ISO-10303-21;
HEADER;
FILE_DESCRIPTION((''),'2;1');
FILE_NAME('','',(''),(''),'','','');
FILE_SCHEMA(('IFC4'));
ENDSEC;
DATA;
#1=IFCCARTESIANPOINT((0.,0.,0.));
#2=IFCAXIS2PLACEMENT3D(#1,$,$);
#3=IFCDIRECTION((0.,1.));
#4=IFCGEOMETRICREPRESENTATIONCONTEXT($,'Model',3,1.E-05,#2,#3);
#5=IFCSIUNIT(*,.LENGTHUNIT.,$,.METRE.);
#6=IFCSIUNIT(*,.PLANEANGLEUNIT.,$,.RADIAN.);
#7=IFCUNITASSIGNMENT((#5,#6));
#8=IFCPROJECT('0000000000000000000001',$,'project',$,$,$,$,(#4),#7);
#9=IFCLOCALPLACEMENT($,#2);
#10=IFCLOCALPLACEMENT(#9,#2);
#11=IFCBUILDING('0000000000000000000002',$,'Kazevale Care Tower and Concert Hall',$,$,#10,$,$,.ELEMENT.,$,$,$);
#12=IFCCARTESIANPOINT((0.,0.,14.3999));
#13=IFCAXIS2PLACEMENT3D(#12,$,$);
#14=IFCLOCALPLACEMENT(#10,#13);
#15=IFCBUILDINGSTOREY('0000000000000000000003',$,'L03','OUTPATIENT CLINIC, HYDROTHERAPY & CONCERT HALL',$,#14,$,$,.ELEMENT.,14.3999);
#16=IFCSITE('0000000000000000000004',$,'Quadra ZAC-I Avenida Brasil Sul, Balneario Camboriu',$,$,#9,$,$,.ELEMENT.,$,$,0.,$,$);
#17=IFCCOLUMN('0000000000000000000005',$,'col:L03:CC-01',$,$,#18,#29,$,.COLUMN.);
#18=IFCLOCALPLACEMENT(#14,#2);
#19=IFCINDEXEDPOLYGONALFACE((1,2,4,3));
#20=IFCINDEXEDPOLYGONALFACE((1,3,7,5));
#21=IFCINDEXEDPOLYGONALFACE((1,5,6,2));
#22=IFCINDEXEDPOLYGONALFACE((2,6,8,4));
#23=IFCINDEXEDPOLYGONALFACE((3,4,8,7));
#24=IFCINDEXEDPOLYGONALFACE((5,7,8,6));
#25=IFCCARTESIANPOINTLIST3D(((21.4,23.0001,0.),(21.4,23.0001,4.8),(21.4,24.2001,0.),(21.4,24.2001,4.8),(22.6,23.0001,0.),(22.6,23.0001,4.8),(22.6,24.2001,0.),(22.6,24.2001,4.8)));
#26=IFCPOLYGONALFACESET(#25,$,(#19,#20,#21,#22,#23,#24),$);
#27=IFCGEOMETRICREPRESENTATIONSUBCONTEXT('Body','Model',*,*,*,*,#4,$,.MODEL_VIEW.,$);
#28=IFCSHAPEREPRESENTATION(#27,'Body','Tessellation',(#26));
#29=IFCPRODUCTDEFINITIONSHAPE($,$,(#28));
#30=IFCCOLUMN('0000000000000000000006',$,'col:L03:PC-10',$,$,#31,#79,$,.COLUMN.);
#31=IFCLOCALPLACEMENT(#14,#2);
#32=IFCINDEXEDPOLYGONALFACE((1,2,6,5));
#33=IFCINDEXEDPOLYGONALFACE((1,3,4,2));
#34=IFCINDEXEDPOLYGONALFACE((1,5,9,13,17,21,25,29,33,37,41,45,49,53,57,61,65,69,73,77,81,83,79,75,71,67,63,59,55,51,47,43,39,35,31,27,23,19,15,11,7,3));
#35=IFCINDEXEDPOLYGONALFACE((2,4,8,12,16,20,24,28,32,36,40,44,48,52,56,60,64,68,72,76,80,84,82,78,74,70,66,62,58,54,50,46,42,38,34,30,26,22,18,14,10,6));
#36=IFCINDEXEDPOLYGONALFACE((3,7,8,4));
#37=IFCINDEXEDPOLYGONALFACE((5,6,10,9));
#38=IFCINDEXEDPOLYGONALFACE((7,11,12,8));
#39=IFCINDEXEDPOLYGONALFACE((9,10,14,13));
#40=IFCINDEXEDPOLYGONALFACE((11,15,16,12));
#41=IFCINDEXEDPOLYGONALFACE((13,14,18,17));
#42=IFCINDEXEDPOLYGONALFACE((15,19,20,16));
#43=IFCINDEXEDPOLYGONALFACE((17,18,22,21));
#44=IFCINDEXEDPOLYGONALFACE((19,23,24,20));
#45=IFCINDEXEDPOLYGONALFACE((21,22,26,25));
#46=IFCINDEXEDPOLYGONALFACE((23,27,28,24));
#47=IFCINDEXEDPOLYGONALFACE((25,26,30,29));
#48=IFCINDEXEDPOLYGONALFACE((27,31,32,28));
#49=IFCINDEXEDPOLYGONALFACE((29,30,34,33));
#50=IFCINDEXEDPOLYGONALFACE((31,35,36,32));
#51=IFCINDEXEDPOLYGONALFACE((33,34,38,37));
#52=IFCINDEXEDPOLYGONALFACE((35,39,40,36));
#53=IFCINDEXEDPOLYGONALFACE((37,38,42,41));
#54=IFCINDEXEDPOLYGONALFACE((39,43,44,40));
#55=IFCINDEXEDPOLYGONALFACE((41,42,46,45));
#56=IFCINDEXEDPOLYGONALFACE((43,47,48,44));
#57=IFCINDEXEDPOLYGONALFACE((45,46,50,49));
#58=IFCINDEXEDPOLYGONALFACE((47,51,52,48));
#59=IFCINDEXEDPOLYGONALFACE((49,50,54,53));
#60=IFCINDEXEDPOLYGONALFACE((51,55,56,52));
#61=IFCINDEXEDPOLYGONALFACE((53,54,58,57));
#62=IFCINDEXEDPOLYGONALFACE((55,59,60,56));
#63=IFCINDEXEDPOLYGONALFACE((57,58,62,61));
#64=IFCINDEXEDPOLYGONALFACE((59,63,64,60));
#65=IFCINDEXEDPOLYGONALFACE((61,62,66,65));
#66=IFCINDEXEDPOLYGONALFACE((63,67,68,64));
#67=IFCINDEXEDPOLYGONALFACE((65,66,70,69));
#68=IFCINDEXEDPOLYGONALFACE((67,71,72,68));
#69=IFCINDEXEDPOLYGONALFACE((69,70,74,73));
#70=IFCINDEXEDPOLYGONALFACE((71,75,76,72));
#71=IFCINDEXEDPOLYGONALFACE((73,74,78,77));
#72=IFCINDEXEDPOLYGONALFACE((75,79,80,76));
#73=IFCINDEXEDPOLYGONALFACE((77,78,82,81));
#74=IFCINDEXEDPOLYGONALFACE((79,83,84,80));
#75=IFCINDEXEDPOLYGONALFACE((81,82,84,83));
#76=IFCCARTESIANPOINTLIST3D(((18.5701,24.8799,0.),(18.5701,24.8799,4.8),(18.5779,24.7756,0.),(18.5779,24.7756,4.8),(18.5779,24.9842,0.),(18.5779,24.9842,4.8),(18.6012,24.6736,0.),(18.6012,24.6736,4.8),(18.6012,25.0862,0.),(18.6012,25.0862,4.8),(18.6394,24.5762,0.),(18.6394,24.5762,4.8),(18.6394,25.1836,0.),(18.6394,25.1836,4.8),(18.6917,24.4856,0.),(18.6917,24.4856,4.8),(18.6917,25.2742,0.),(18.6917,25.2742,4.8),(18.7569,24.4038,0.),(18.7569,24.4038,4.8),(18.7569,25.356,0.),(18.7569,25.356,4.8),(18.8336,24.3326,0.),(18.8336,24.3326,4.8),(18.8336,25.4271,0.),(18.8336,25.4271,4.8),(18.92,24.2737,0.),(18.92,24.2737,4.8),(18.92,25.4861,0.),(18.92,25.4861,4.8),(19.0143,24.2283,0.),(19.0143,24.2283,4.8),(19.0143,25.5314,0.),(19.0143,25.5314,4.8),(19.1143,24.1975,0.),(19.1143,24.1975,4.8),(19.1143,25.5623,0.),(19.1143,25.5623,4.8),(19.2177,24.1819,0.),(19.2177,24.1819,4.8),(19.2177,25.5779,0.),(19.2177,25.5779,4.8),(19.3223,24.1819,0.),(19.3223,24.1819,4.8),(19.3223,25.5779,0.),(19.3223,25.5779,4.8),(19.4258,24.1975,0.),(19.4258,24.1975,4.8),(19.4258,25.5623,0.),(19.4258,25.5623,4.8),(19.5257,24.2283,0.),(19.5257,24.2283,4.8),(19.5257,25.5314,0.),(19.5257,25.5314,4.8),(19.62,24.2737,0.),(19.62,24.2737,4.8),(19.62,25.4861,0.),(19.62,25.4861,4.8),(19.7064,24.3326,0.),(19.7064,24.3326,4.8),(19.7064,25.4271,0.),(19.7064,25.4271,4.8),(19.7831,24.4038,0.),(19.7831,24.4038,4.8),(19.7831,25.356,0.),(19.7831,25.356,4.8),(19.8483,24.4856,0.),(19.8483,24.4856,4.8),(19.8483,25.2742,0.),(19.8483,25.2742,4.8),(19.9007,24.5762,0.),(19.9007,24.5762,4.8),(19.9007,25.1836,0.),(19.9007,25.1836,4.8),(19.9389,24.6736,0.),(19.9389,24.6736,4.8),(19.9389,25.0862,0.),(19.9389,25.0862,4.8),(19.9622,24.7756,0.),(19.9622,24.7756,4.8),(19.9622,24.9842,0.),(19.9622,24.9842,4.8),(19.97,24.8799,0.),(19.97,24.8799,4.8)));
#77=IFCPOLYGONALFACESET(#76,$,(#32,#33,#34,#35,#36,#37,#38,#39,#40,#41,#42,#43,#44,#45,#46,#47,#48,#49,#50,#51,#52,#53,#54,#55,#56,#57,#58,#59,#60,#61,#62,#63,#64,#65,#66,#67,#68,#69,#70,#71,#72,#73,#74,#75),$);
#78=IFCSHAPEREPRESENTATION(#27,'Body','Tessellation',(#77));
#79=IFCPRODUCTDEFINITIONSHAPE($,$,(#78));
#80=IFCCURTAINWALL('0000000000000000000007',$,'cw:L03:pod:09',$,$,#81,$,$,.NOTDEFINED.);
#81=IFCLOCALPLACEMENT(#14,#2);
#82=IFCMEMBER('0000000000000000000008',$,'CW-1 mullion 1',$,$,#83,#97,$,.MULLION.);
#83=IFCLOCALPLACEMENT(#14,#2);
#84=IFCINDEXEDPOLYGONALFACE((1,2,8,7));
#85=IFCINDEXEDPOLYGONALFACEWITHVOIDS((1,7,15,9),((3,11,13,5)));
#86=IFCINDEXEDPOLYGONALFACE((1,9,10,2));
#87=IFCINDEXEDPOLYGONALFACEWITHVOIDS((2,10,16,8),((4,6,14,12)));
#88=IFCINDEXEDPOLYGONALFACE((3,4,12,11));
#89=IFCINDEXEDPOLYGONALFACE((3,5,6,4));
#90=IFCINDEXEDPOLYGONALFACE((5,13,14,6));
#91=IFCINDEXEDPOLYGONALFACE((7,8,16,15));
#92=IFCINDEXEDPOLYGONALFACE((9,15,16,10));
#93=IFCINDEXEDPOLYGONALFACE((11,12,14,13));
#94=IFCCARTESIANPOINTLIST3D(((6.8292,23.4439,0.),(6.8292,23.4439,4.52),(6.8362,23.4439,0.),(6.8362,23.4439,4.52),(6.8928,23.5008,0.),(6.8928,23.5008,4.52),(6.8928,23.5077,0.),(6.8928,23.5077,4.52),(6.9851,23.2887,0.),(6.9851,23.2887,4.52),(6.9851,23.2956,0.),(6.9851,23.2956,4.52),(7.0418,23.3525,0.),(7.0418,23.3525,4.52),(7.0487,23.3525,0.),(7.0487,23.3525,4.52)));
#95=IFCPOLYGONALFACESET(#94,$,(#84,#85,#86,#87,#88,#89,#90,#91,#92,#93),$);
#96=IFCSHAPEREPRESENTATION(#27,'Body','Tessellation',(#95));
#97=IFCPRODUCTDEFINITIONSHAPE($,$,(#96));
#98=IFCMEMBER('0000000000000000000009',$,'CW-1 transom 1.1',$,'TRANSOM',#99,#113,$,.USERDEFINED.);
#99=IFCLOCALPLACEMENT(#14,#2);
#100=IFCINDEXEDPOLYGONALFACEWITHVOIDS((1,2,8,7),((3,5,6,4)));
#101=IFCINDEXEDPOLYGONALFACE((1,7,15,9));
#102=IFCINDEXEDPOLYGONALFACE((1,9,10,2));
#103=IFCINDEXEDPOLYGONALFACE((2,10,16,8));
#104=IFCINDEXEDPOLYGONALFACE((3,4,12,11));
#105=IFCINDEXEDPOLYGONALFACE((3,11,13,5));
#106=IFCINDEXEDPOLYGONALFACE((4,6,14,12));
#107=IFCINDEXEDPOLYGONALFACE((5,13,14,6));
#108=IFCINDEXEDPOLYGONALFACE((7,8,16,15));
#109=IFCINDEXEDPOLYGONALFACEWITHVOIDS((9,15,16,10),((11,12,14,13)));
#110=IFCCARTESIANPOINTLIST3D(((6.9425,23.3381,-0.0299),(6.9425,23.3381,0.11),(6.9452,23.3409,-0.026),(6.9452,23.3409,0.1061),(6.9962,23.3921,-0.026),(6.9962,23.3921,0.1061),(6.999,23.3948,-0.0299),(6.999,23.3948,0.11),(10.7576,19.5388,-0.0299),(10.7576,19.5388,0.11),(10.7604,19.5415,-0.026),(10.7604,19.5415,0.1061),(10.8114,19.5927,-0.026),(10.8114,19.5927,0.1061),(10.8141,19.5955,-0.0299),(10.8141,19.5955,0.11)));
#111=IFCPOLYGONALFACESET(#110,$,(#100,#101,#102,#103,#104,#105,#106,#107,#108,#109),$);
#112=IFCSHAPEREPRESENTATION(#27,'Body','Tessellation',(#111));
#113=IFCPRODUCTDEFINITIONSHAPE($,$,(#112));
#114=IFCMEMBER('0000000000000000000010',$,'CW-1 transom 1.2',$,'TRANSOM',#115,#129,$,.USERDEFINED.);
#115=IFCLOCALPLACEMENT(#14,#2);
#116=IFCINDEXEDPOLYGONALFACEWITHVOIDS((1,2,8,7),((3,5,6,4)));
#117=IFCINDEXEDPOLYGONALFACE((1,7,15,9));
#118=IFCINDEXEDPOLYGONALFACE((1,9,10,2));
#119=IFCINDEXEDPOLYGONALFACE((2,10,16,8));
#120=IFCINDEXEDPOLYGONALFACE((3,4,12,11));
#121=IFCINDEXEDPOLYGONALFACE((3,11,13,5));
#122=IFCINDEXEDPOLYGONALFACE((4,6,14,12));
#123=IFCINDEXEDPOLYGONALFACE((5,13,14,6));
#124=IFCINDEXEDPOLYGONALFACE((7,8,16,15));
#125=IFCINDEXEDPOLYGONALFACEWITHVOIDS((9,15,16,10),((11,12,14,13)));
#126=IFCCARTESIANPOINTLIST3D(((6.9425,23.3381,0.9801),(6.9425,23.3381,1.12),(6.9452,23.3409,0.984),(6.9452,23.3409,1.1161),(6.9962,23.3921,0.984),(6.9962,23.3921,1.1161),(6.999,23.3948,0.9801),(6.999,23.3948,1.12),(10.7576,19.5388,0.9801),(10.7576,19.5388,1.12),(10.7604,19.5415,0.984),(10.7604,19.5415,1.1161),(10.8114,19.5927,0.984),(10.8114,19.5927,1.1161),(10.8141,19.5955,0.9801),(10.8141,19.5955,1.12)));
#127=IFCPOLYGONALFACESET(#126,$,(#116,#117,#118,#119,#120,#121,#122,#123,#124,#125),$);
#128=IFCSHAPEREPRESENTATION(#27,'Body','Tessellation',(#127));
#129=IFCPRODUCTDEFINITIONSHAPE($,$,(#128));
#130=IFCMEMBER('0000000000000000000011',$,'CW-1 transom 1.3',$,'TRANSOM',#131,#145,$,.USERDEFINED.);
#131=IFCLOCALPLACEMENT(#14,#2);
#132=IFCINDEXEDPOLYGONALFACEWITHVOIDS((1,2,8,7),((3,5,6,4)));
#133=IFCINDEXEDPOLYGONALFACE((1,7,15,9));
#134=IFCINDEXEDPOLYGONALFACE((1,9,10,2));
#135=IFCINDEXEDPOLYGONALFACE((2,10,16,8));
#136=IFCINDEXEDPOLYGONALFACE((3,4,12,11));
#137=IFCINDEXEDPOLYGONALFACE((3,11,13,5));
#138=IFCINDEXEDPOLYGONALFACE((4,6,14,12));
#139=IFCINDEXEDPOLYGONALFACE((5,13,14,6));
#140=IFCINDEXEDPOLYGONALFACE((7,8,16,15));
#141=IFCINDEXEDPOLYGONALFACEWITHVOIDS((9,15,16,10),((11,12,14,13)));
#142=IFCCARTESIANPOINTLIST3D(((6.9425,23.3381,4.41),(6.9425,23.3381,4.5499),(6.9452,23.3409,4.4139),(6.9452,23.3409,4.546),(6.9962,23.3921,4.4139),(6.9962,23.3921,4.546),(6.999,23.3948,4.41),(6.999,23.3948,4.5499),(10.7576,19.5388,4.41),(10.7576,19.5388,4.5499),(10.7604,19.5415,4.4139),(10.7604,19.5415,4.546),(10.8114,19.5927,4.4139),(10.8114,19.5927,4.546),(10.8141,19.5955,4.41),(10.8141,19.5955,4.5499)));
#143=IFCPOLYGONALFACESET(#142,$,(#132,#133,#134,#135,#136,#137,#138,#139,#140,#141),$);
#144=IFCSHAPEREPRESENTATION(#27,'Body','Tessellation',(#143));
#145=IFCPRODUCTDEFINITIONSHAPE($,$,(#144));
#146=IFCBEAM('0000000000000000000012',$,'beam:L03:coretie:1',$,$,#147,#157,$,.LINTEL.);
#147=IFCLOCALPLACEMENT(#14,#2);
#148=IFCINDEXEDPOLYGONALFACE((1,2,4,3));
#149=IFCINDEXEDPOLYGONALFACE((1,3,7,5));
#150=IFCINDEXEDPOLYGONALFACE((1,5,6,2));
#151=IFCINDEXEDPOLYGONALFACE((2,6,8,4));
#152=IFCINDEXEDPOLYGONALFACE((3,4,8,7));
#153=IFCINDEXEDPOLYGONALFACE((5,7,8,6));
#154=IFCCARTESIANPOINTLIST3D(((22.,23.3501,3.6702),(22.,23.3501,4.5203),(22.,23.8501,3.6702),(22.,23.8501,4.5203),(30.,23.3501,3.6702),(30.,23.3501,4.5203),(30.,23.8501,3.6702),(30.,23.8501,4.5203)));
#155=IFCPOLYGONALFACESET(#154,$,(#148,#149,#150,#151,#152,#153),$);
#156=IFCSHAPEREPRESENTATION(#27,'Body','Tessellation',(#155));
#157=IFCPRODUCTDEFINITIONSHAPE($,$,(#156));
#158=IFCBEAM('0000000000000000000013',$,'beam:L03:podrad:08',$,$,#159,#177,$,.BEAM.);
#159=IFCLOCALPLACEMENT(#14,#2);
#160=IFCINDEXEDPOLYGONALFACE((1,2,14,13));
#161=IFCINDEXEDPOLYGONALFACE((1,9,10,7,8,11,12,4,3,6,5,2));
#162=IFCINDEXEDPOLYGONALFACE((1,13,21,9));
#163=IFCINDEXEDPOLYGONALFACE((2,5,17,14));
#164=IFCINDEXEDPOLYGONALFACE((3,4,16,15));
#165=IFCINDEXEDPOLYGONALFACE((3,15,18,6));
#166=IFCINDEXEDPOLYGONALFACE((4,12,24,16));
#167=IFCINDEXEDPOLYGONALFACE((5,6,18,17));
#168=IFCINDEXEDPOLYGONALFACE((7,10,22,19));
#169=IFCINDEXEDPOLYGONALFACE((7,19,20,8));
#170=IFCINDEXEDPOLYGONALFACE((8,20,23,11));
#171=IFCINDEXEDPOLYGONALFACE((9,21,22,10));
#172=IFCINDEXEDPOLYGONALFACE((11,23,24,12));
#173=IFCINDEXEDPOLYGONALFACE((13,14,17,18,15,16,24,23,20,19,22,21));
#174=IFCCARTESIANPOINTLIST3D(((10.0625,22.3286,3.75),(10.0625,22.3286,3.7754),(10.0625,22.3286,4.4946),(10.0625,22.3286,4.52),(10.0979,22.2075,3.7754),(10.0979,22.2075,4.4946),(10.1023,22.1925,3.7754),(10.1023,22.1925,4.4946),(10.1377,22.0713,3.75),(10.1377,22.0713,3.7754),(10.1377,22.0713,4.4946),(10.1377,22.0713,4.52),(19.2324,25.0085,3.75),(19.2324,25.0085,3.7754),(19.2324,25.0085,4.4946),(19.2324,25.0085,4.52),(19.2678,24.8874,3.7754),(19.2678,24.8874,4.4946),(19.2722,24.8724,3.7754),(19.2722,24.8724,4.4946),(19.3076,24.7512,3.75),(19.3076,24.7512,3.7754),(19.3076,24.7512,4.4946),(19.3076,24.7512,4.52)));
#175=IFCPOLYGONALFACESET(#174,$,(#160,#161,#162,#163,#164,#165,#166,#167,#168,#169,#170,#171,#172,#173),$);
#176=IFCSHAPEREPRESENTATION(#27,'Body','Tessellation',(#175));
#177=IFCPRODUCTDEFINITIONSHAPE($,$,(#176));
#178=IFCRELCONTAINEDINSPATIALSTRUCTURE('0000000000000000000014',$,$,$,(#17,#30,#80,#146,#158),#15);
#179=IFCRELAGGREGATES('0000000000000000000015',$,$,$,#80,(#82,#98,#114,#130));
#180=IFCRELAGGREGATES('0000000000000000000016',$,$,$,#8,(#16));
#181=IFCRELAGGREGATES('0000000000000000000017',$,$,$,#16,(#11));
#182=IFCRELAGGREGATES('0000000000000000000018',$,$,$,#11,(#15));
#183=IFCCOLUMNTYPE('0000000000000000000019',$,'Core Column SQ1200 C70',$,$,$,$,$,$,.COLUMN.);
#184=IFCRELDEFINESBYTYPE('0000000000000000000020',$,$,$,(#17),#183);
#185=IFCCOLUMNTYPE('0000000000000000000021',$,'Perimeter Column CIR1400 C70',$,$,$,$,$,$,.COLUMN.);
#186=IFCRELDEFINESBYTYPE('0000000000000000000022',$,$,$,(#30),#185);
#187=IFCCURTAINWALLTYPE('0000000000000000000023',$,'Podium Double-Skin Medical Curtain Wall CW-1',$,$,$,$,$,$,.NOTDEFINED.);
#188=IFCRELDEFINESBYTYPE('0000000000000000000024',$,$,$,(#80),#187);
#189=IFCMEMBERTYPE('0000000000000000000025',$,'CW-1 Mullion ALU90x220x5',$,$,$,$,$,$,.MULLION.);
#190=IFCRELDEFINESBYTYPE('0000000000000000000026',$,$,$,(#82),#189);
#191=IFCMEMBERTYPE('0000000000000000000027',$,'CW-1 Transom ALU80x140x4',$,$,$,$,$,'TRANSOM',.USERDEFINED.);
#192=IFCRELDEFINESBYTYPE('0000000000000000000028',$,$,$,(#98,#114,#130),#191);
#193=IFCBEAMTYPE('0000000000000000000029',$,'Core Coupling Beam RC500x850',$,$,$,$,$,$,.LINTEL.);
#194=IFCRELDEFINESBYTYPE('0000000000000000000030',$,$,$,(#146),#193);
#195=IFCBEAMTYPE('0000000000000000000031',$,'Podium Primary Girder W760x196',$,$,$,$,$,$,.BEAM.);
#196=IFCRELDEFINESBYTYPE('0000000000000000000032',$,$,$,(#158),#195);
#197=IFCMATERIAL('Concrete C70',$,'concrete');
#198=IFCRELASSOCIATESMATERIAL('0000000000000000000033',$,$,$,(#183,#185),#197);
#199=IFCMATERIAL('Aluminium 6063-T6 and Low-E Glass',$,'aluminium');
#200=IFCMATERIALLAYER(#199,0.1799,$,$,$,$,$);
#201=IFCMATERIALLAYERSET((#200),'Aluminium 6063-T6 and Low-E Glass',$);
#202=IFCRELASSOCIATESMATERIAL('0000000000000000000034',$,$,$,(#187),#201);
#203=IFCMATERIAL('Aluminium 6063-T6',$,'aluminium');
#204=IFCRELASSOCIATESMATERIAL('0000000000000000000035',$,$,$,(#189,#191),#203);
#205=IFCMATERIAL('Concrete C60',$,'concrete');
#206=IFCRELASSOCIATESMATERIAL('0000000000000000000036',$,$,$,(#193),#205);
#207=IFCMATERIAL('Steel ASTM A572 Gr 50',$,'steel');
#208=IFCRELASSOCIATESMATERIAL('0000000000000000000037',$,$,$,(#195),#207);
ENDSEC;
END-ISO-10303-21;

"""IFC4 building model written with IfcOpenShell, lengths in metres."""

from ifc_helpers import new_model, si_unit, direction, frame, origin, origin_2d, place, context, subcontext, project, spatial, rectangle, hollow_rectangle, circle, i_section, extrude, material, layer, layer_set, material_profile, profile_set, type_object, element, aggregate, save


model = new_model("IFC4")

# Units and contexts
model_context = context("Model", 3, precision=1e-05, world=origin(), true_north=direction((0.0, 1.0)))
body_context = subcontext(model_context, "Body", "Model", "MODEL_VIEW")
ifc_project = project(units=[si_unit("LENGTHUNIT", "METRE"), si_unit("PLANEANGLEUNIT", "RADIAN")], contexts=[model_context])

# Site, building, storey
site_placement = place(None, origin())
site = spatial("IfcSite", under=ifc_project, at=site_placement, Name="Quadra ZAC-I Avenida Brasil Sul, Balneario Camboriu", CompositionType="ELEMENT", RefElevation=0.0)
building_placement = place(site_placement, origin())
building = spatial("IfcBuilding", under=site, at=building_placement, Name="Kazevale Care Tower and Concert Hall", CompositionType="ELEMENT")
storey_placement = place(building_placement, frame((0.0, 0.0, 14.3999)))
storey = spatial("IfcBuildingStorey", under=building, at=storey_placement, Name="L03", Description="OUTPATIENT CLINIC, HYDROTHERAPY & CONCERT HALL", CompositionType="ELEMENT", Elevation=14.3999)

# Columns
ifc_material_1 = material(Name="Concrete C70", Category="concrete")
ifc_material_profile_1 = material_profile(ifc_material_1, rectangle(XDim=1.2, YDim=1.2, at=origin_2d()), Name="RC-SQ1200")
ifc_profile_set_1 = profile_set([ifc_material_profile_1], Name="Concrete C70")
column_type_1 = type_object("IfcColumnType", Name="Core Column SQ1200 C70", PredefinedType="COLUMN", material=ifc_profile_set_1)
column_1_placement = place(storey_placement, frame((22.0, 23.6001, 0.0), z_axis=(0.0, 0.0, 1.0), x_axis=(1.0, 0.0, 0.0)))
element("IfcColumn", 1, at=column_1_placement, inside=storey, type_object=column_type_1, Name="col:L03:CC-01", PredefinedType="COLUMN", context=body_context, shape_type="SweptSolid", body=[
    extrude(rectangle(XDim=1.2, YDim=1.2, at=origin_2d()), origin(), (0.0, 0.0, 1.0), 4.8),
])
ifc_material_profile_2 = material_profile(ifc_material_1, circle(Radius=0.7, at=origin_2d()), Name="RC-CIR1400")
ifc_profile_set_2 = profile_set([ifc_material_profile_2], Name="Concrete C70")
column_type_2 = type_object("IfcColumnType", Name="Perimeter Column CIR1400 C70", PredefinedType="COLUMN", material=ifc_profile_set_2)
column_2_placement = place(storey_placement, frame((19.27, 24.8799, 0.0), z_axis=(0.0, 0.0, 1.0), x_axis=(1.0, 0.0, 0.0)))
element("IfcColumn", 2, at=column_2_placement, inside=storey, type_object=column_type_2, Name="col:L03:PC-10", PredefinedType="COLUMN", context=body_context, shape_type="SweptSolid", body=[
    extrude(circle(Radius=0.7, at=origin_2d()), origin(), (0.0, 0.0, 1.0), 4.8),
])

# Curtain wall, members
ifc_material_2 = material(Name="Aluminium 6063-T6 and Low-E Glass", Category="aluminium")
ifc_layer_1 = layer(ifc_material_2, 0.1799)
ifc_layer_set_1 = layer_set([ifc_layer_1], Name="Aluminium 6063-T6 and Low-E Glass")
curtain_wall_type = type_object("IfcCurtainWallType", Name="Podium Double-Skin Medical Curtain Wall CW-1", PredefinedType="NOTDEFINED", material=ifc_layer_set_1)
curtain_wall_placement = place(storey_placement, origin())
curtain_wall = element("IfcCurtainWall", 3, at=curtain_wall_placement, inside=storey, type_object=curtain_wall_type, Name="cw:L03:pod:09", PredefinedType="NOTDEFINED")
ifc_material_3 = material(Name="Aluminium 6063-T6", Category="aluminium")
ifc_material_profile_3 = material_profile(ifc_material_3, hollow_rectangle(XDim=0.0901, YDim=0.22, WallThickness=0.0049, at=origin_2d()), Name="ALU90x220x5")
ifc_profile_set_3 = profile_set([ifc_material_profile_3], Name="Aluminium 6063-T6")
member_type_1 = type_object("IfcMemberType", Name="CW-1 Mullion ALU90x220x5", PredefinedType="MULLION", material=ifc_profile_set_3)
member_1_placement = place(storey_placement, frame((6.939, 23.3982, 0.0), z_axis=(0.0, 0.0, 1.0), x_axis=(0.705656, 0.708555, 0.0)))
member_1 = element("IfcMember", 4, at=member_1_placement, type_object=member_type_1, Name="CW-1 mullion 1", PredefinedType="MULLION", context=body_context, shape_type="SweptSolid", body=[
    extrude(hollow_rectangle(XDim=0.0901, YDim=0.22, WallThickness=0.0049, at=origin_2d()), origin(), (0.0, 0.0, 1.0), 4.52),
])
ifc_material_profile_4 = material_profile(ifc_material_3, hollow_rectangle(XDim=0.0801, YDim=0.1399, WallThickness=0.0039, at=origin_2d()), Name="ALU80x140x4")
ifc_profile_set_4 = profile_set([ifc_material_profile_4], Name="Aluminium 6063-T6")
member_type_2 = type_object("IfcMemberType", Name="CW-1 Transom ALU80x140x4", ElementType="TRANSOM", PredefinedType="USERDEFINED", material=ifc_profile_set_4)
member_2_placement = place(storey_placement, frame((6.9707, 23.3665, 0.04), z_axis=(0.708579, -0.705632, 0.0), x_axis=(0.705632, 0.708579, 0.0)))
member_2 = element("IfcMember", 5, at=member_2_placement, type_object=member_type_2, Name="CW-1 transom 1.1", ObjectType="TRANSOM", PredefinedType="USERDEFINED", context=body_context, shape_type="SweptSolid", body=[
    extrude(hollow_rectangle(XDim=0.0801, YDim=0.1399, WallThickness=0.0039, at=origin_2d()), origin(), (0.0, 0.0, 1.0), 5.3843),
])
member_3_placement = place(storey_placement, frame((6.9707, 23.3665, 1.05), z_axis=(0.708579, -0.705632, 0.0), x_axis=(0.705632, 0.708579, 0.0)))
member_3 = element("IfcMember", 6, at=member_3_placement, type_object=member_type_2, Name="CW-1 transom 1.2", ObjectType="TRANSOM", PredefinedType="USERDEFINED", context=body_context, shape_type="SweptSolid", body=[
    extrude(hollow_rectangle(XDim=0.0801, YDim=0.1399, WallThickness=0.0039, at=origin_2d()), origin(), (0.0, 0.0, 1.0), 5.3843),
])
member_4_placement = place(storey_placement, frame((6.9707, 23.3665, 4.48), z_axis=(0.708579, -0.705632, 0.0), x_axis=(0.705632, 0.708579, 0.0)))
member_4 = element("IfcMember", 7, at=member_4_placement, type_object=member_type_2, Name="CW-1 transom 1.3", ObjectType="TRANSOM", PredefinedType="USERDEFINED", context=body_context, shape_type="SweptSolid", body=[
    extrude(hollow_rectangle(XDim=0.0801, YDim=0.1399, WallThickness=0.0039, at=origin_2d()), origin(), (0.0, 0.0, 1.0), 5.3843),
])
aggregate(curtain_wall, [member_1, member_2, member_3, member_4])

# Beams
ifc_material_4 = material(Name="Concrete C60", Category="concrete")
ifc_material_profile_5 = material_profile(ifc_material_4, rectangle(XDim=0.5, YDim=0.8501, at=origin_2d()), Name="RC-B500x850")
ifc_profile_set_5 = profile_set([ifc_material_profile_5], Name="Concrete C60")
beam_type_1 = type_object("IfcBeamType", Name="Core Coupling Beam RC500x850", PredefinedType="LINTEL", material=ifc_profile_set_5)
beam_1_placement = place(storey_placement, frame((22.0, 23.6001, 4.0952), z_axis=(1.0, 0.0, 0.0), x_axis=(0.0, 1.0, 0.0)))
element("IfcBeam", 8, at=beam_1_placement, inside=storey, type_object=beam_type_1, Name="beam:L03:coretie:1", PredefinedType="LINTEL", context=body_context, shape_type="SweptSolid", body=[
    extrude(rectangle(XDim=0.5, YDim=0.8501, at=origin_2d()), origin(), (0.0, 0.0, 1.0), 8.0),
])
ifc_material_5 = material(Name="Steel ASTM A572 Gr 50", Category="steel")
ifc_material_profile_6 = material_profile(ifc_material_5, i_section(OverallWidth=0.2681, OverallDepth=0.77, WebThickness=0.0156, FlangeThickness=0.0254, at=origin_2d()), Name="W760x196")
ifc_profile_set_6 = profile_set([ifc_material_profile_6], Name="Steel ASTM A572 Gr 50")
beam_type_2 = type_object("IfcBeamType", Name="Podium Primary Girder W760x196", PredefinedType="BEAM", material=ifc_profile_set_6)
beam_2_placement = place(storey_placement, frame((19.27, 24.8799, 4.135), z_axis=(-0.959849, -0.280518, 0.0), x_axis=(0.280518, -0.959849, 0.0)))
element("IfcBeam", 9, at=beam_2_placement, inside=storey, type_object=beam_type_2, Name="beam:L03:podrad:08", PredefinedType="BEAM", context=body_context, shape_type="SweptSolid", body=[
    extrude(i_section(OverallWidth=0.2681, OverallDepth=0.77, WebThickness=0.0156, FlangeThickness=0.0254, at=origin_2d()), origin(), (0.0, 0.0, 1.0), 9.5535),
])

save(model, "model.ifc")
